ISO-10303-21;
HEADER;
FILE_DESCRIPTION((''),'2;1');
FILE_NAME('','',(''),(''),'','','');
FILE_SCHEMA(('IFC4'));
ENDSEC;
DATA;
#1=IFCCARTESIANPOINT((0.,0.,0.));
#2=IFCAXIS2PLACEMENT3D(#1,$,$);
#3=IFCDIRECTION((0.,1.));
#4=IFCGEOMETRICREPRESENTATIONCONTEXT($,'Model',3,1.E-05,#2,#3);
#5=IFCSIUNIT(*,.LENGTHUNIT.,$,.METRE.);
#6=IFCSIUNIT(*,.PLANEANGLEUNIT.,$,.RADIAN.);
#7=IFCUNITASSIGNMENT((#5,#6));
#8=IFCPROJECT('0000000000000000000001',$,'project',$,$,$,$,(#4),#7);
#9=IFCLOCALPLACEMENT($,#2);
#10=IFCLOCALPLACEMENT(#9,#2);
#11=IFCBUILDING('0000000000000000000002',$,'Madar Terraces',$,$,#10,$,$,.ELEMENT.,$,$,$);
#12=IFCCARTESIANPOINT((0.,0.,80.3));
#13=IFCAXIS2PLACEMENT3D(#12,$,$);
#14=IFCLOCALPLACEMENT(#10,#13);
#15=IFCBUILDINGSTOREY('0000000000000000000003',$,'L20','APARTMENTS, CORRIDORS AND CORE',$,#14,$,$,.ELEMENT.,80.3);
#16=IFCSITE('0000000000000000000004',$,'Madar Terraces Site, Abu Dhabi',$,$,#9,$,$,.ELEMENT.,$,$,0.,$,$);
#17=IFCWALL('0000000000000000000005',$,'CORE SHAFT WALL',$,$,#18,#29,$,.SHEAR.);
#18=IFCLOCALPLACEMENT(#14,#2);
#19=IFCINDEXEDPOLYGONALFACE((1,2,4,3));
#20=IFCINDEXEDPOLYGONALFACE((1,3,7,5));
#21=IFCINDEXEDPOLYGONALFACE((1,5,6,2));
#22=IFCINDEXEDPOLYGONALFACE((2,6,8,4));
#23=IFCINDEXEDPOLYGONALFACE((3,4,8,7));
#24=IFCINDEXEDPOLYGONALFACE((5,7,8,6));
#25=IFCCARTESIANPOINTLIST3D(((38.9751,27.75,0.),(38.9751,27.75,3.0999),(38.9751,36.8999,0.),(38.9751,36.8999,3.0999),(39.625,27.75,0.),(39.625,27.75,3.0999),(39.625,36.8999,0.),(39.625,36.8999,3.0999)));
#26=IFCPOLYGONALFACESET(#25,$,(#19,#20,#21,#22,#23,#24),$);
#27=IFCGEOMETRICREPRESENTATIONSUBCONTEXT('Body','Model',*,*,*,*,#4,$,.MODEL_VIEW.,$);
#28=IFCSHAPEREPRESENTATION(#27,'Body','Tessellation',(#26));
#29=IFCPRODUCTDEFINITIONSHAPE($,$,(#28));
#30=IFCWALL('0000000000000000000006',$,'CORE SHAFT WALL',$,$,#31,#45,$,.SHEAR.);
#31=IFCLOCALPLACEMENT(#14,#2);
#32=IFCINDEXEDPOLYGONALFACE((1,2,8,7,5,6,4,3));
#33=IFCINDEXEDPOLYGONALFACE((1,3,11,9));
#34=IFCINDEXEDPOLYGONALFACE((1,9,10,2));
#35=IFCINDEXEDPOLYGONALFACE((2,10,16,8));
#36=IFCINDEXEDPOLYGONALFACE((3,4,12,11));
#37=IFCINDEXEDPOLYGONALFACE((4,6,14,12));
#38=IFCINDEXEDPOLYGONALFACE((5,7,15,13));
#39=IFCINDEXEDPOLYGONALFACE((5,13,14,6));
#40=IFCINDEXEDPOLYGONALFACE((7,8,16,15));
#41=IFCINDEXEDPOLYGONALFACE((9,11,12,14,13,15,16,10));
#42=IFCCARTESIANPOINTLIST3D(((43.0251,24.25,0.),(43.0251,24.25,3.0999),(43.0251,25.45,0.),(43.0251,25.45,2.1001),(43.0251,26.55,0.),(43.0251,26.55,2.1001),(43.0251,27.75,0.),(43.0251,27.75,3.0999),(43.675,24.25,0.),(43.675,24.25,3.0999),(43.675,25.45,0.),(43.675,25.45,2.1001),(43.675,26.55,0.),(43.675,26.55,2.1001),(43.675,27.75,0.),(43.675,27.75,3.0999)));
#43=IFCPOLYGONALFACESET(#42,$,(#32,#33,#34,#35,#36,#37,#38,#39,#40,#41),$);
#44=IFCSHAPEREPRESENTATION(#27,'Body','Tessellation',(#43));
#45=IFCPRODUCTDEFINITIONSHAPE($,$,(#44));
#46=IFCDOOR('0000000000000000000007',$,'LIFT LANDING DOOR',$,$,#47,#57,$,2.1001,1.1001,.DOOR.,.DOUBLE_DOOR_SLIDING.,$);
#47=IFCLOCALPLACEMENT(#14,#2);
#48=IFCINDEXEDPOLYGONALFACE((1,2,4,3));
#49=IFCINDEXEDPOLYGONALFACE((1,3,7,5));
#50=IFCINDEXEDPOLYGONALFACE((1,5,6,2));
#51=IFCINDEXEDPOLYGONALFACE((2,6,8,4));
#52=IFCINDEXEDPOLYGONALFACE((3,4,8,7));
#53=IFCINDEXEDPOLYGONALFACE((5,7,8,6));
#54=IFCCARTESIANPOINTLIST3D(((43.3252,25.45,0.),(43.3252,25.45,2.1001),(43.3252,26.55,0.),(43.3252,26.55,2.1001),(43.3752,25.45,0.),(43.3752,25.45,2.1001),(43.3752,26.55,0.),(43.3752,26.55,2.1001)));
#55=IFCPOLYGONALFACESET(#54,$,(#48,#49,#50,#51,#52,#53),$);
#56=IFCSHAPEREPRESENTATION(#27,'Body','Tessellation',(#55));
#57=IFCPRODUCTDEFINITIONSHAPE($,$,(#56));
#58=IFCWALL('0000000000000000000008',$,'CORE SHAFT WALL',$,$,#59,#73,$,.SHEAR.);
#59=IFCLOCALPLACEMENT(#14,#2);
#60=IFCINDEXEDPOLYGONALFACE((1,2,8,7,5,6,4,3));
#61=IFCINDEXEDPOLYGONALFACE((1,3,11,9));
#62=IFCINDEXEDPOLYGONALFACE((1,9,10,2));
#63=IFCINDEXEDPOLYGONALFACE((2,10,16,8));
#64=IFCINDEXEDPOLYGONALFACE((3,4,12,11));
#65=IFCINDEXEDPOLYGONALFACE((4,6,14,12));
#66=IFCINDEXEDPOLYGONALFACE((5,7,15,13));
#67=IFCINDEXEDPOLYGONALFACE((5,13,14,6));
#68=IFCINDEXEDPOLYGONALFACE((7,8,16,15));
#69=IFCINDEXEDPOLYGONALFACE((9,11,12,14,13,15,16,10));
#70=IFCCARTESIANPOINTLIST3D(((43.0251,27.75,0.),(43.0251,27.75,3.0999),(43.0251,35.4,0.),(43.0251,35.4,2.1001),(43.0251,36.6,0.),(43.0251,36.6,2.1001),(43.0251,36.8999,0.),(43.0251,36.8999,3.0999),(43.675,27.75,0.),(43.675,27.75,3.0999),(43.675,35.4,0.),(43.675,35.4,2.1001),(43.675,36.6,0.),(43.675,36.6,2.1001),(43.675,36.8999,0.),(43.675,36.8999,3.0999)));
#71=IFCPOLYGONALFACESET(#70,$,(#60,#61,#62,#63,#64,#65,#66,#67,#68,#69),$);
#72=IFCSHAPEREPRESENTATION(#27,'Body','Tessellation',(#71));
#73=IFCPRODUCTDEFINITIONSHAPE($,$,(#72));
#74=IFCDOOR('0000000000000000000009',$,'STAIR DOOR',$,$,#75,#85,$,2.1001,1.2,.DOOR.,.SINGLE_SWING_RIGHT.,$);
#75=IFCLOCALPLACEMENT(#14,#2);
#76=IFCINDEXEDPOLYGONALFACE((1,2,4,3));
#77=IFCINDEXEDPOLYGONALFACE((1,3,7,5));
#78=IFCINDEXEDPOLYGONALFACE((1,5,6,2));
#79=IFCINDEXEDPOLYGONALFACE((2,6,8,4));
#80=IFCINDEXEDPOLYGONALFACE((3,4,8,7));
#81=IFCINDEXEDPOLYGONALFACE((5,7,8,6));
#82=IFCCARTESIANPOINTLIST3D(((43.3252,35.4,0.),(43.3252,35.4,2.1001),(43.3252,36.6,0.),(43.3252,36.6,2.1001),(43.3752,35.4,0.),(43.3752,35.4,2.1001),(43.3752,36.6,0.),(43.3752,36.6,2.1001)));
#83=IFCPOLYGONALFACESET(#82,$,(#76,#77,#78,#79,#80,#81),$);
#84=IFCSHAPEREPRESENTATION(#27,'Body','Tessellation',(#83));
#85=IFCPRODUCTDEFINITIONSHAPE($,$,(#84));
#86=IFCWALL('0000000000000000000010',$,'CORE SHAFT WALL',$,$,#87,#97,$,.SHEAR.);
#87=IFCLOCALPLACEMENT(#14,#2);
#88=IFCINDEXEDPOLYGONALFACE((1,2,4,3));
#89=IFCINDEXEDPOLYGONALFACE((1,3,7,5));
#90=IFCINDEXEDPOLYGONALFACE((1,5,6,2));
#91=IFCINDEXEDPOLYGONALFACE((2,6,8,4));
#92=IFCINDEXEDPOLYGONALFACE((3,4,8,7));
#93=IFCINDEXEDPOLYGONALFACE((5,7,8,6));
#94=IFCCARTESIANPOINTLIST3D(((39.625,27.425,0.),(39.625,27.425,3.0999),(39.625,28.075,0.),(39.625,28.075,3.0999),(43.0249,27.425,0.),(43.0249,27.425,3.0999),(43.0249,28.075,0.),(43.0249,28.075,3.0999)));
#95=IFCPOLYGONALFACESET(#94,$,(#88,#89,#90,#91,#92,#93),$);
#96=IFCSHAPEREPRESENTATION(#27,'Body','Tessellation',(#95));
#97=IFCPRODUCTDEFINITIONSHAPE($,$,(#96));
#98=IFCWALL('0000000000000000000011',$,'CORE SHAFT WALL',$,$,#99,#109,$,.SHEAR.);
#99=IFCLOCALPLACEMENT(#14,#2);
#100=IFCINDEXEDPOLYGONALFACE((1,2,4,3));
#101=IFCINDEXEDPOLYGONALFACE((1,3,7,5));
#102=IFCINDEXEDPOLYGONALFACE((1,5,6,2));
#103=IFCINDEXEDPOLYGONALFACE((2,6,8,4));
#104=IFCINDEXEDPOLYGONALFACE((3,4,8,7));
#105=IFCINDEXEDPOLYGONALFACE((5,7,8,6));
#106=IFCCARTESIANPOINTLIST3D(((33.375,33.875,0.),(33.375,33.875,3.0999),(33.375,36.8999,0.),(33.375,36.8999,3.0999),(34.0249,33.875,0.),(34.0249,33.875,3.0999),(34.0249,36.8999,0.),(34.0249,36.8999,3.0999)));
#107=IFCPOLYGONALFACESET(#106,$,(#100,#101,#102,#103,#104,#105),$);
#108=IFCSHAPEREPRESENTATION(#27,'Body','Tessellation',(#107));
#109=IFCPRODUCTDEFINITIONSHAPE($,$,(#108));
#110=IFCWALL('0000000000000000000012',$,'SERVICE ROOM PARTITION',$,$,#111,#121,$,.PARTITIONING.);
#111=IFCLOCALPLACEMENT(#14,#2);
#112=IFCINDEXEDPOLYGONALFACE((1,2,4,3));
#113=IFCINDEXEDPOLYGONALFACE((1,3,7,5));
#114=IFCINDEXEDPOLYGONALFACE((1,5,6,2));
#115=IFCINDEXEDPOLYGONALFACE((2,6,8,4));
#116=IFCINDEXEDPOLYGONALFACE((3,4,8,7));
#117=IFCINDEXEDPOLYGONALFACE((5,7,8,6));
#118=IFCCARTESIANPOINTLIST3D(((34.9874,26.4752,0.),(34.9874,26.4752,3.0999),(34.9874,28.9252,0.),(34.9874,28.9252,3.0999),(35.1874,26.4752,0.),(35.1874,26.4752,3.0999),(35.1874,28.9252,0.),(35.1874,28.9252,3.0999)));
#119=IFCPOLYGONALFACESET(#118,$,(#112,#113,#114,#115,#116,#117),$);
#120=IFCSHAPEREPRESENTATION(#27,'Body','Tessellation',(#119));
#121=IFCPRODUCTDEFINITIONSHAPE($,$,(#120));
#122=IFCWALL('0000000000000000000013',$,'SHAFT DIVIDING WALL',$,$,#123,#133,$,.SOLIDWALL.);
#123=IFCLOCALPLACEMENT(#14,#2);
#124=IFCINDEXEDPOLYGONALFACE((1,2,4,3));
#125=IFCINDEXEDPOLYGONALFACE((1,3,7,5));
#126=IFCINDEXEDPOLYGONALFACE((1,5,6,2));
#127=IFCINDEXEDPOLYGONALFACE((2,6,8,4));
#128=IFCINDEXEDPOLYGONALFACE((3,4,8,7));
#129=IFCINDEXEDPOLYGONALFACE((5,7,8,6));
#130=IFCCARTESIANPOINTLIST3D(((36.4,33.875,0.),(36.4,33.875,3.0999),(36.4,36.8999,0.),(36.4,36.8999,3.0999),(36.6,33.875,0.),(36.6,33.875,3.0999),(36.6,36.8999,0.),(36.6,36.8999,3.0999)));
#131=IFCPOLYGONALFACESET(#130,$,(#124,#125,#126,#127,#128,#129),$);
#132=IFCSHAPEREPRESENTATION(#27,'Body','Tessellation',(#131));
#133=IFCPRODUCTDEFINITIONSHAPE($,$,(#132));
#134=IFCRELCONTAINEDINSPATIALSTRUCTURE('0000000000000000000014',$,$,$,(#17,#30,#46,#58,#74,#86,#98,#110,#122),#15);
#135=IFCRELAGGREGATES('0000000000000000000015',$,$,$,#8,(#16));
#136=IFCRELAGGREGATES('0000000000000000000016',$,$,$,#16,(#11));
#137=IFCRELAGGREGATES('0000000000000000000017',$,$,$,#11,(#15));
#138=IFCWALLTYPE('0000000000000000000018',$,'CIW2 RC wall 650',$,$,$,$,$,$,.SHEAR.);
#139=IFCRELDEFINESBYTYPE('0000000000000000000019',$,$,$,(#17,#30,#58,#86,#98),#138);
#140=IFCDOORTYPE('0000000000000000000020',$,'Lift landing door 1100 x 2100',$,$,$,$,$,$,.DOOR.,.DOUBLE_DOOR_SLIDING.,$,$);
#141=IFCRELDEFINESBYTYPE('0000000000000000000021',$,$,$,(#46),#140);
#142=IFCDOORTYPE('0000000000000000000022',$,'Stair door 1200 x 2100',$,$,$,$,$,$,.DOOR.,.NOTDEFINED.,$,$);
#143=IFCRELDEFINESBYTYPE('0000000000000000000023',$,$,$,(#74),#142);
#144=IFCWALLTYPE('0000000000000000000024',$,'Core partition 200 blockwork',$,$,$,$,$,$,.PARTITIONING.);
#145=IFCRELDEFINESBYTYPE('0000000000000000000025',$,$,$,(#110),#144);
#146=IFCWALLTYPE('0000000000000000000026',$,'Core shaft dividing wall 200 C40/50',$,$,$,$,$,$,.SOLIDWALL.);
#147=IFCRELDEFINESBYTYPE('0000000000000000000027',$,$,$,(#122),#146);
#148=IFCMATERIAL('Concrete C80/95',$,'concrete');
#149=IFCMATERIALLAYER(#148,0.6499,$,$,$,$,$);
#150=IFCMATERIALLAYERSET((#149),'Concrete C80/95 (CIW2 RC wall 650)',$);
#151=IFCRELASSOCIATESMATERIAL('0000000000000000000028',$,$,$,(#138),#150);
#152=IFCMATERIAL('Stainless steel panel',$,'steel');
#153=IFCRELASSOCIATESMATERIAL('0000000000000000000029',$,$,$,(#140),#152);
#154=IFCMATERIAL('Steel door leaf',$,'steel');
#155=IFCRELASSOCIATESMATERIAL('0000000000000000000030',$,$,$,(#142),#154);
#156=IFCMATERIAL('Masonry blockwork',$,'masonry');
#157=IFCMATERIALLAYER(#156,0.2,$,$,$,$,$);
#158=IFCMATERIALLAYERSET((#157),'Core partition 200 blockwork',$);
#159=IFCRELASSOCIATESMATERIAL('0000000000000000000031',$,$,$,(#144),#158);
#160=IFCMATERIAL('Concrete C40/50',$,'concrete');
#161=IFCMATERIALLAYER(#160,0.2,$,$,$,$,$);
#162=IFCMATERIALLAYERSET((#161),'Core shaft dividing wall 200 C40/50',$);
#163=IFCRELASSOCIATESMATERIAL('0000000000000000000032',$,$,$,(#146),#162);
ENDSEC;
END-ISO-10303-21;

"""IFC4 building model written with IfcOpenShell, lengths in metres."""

from ifc_helpers import new_model, si_unit, direction, frame, frame_2d, origin, place, context, subcontext, project, spatial, rectangle, extrude, material, layer, layer_set, type_object, element, fill, save


model = new_model("IFC4")

# Units and contexts
model_context = context("Model", 3, precision=1e-05, world=origin(), true_north=direction((0.0, 1.0)))
body_context = subcontext(model_context, "Body", "Model", "MODEL_VIEW")
ifc_project = project(units=[si_unit("LENGTHUNIT", "METRE"), si_unit("PLANEANGLEUNIT", "RADIAN")], contexts=[model_context])

# Site, building, storey
site_placement = place(None, origin())
site = spatial("IfcSite", under=ifc_project, at=site_placement, Name="Madar Terraces Site, Abu Dhabi", CompositionType="ELEMENT", RefElevation=0.0)
building_placement = place(site_placement, origin())
building = spatial("IfcBuilding", under=site, at=building_placement, Name="Madar Terraces", CompositionType="ELEMENT")
storey_placement = place(building_placement, frame((0.0, 0.0, 80.3)))
storey = spatial("IfcBuildingStorey", under=building, at=storey_placement, Name="L20", Description="APARTMENTS, CORRIDORS AND CORE", CompositionType="ELEMENT", Elevation=80.3)

# Wall
ifc_material_1 = material(Name="Concrete C80/95", Category="concrete")
ifc_layer_1 = layer(ifc_material_1, 0.6499)
ifc_layer_set_1 = layer_set([ifc_layer_1], Name="Concrete C80/95 (CIW2 RC wall 650)")
wall_type_1 = type_object("IfcWallType", Name="CIW2 RC wall 650", PredefinedType="SHEAR", material=ifc_layer_set_1)
wall_1_placement = place(storey_placement, frame((39.3, 27.75, 0.0), z_axis=(0.0, 0.0, 1.0), x_axis=(0.0, 1.0, 0.0)))
element("IfcWall", 1, at=wall_1_placement, inside=storey, type_object=wall_type_1, Name="CORE SHAFT WALL", PredefinedType="SHEAR", context=body_context, shape_type="SweptSolid", body=[
    extrude(rectangle(XDim=9.1499, YDim=0.6499, at=frame_2d((4.575, 0.0))), origin(), (0.0, 0.0, 1.0), 3.0999),
])

# Walls, openings, doors
wall_2_placement = place(storey_placement, frame((43.3501, 24.25, 0.0), z_axis=(0.0, 0.0, 1.0), x_axis=(0.0, 1.0, 0.0)))
wall_2 = element("IfcWall", 2, at=wall_2_placement, inside=storey, type_object=wall_type_1, Name="CORE SHAFT WALL", PredefinedType="SHEAR", context=body_context, shape_type="SweptSolid", body=[
    extrude(rectangle(XDim=3.5, YDim=0.6499, at=frame_2d((1.75, 0.0))), origin(), (0.0, 0.0, 1.0), 3.0999),
])
opening_1_placement = place(wall_2_placement, frame((1.2, 0.0, 0.0)))
opening_1 = element("IfcOpeningElement", 3, at=opening_1_placement, cuts=wall_2, PredefinedType="OPENING", context=body_context, shape_type="SweptSolid", body=[
    extrude(rectangle(XDim=1.1001, YDim=2.1001, at=frame_2d((0.55, 1.05))), frame((0.0, 0.335, 0.0), z_axis=(0.0, -1.0, 0.0), x_axis=(1.0, 0.0, 0.0)), (0.0, 0.0, 1.0), 0.6699),
])
ifc_material_2 = material(Name="Stainless steel panel", Category="steel")
door_type_1 = type_object("IfcDoorType", Name="Lift landing door 1100 x 2100", OperationType="DOUBLE_DOOR_SLIDING", PredefinedType="DOOR", material=ifc_material_2)
door_1_placement = place(opening_1_placement, origin())
door_1 = element("IfcDoor", 4, at=door_1_placement, inside=storey, type_object=door_type_1, Name="LIFT LANDING DOOR", OperationType="DOUBLE_DOOR_SLIDING", OverallHeight=2.1001, OverallWidth=1.1001, PredefinedType="DOOR", context=body_context, shape_type="SweptSolid", body=[
    extrude(rectangle(XDim=1.1001, YDim=2.1001, at=frame_2d((0.55, 1.05))), frame((0.0, 0.0249, 0.0), z_axis=(0.0, -1.0, 0.0), x_axis=(1.0, 0.0, 0.0)), (0.0, 0.0, 1.0), 0.05),
])
fill(opening_1, door_1)
wall_3_placement = place(storey_placement, frame((43.3501, 27.75, 0.0), z_axis=(0.0, 0.0, 1.0), x_axis=(0.0, 1.0, 0.0)))
wall_3 = element("IfcWall", 5, at=wall_3_placement, inside=storey, type_object=wall_type_1, Name="CORE SHAFT WALL", PredefinedType="SHEAR", context=body_context, shape_type="SweptSolid", body=[
    extrude(rectangle(XDim=9.1499, YDim=0.6499, at=frame_2d((4.575, 0.0))), origin(), (0.0, 0.0, 1.0), 3.0999),
])
opening_2_placement = place(wall_3_placement, frame((7.6499, 0.0, 0.0)))
opening_2 = element("IfcOpeningElement", 6, at=opening_2_placement, cuts=wall_3, PredefinedType="OPENING", context=body_context, shape_type="SweptSolid", body=[
    extrude(rectangle(XDim=1.2, YDim=2.1001, at=frame_2d((0.6001, 1.05))), frame((0.0, 0.335, 0.0), z_axis=(0.0, -1.0, 0.0), x_axis=(1.0, 0.0, 0.0)), (0.0, 0.0, 1.0), 0.6699),
])
ifc_material_3 = material(Name="Steel door leaf", Category="steel")
door_type_2 = type_object("IfcDoorType", Name="Stair door 1200 x 2100", OperationType="NOTDEFINED", PredefinedType="DOOR", material=ifc_material_3)
door_2_placement = place(opening_2_placement, origin())
door_2 = element("IfcDoor", 7, at=door_2_placement, inside=storey, type_object=door_type_2, Name="STAIR DOOR", OperationType="SINGLE_SWING_RIGHT", OverallHeight=2.1001, OverallWidth=1.2, PredefinedType="DOOR", context=body_context, shape_type="SweptSolid", body=[
    extrude(rectangle(XDim=1.2, YDim=2.1001, at=frame_2d((0.6001, 1.05))), frame((0.0, 0.0249, 0.0), z_axis=(0.0, -1.0, 0.0), x_axis=(1.0, 0.0, 0.0)), (0.0, 0.0, 1.0), 0.05),
])
fill(opening_2, door_2)

# Walls
wall_4_placement = place(storey_placement, frame((39.625, 27.75, 0.0), z_axis=(0.0, 0.0, 1.0), x_axis=(1.0, 0.0, 0.0)))
element("IfcWall", 8, at=wall_4_placement, inside=storey, type_object=wall_type_1, Name="CORE SHAFT WALL", PredefinedType="SHEAR", context=body_context, shape_type="SweptSolid", body=[
    extrude(rectangle(XDim=3.3999, YDim=0.6499, at=frame_2d((1.7, 0.0))), origin(), (0.0, 0.0, 1.0), 3.0999),
])
wall_5_placement = place(storey_placement, frame((33.7, 33.875, 0.0), z_axis=(0.0, 0.0, 1.0), x_axis=(0.0, 1.0, 0.0)))
element("IfcWall", 9, at=wall_5_placement, inside=storey, type_object=wall_type_1, Name="CORE SHAFT WALL", PredefinedType="SHEAR", context=body_context, shape_type="SweptSolid", body=[
    extrude(rectangle(XDim=3.0249, YDim=0.6499, at=frame_2d((1.5125, 0.0))), origin(), (0.0, 0.0, 1.0), 3.0999),
])
ifc_material_4 = material(Name="Masonry blockwork", Category="masonry")
ifc_layer_2 = layer(ifc_material_4, 0.2)
ifc_layer_set_2 = layer_set([ifc_layer_2], Name="Core partition 200 blockwork")
wall_type_2 = type_object("IfcWallType", Name="Core partition 200 blockwork", PredefinedType="PARTITIONING", material=ifc_layer_set_2)
wall_6_placement = place(storey_placement, frame((35.0874, 26.4751, 0.0), z_axis=(0.0, 0.0, 1.0), x_axis=(0.0, 1.0, 0.0)))
element("IfcWall", 10, at=wall_6_placement, inside=storey, type_object=wall_type_2, Name="SERVICE ROOM PARTITION", PredefinedType="PARTITIONING", context=body_context, shape_type="SweptSolid", body=[
    extrude(rectangle(XDim=2.45, YDim=0.2, at=frame_2d((1.2251, 0.0))), origin(), (0.0, 0.0, 1.0), 3.0999),
])
ifc_material_5 = material(Name="Concrete C40/50", Category="concrete")
ifc_layer_3 = layer(ifc_material_5, 0.2)
ifc_layer_set_3 = layer_set([ifc_layer_3], Name="Core shaft dividing wall 200 C40/50")
wall_type_3 = type_object("IfcWallType", Name="Core shaft dividing wall 200 C40/50", PredefinedType="SOLIDWALL", material=ifc_layer_set_3)
wall_7_placement = place(storey_placement, frame((36.5, 33.875, 0.0), z_axis=(0.0, 0.0, 1.0), x_axis=(0.0, 1.0, 0.0)))
element("IfcWall", 11, at=wall_7_placement, inside=storey, type_object=wall_type_3, Name="SHAFT DIVIDING WALL", PredefinedType="SOLIDWALL", context=body_context, shape_type="SweptSolid", body=[
    extrude(rectangle(XDim=3.0249, YDim=0.2, at=frame_2d((1.5125, 0.0))), origin(), (0.0, 0.0, 1.0), 3.0999),
])

save(model, "model.ifc")
